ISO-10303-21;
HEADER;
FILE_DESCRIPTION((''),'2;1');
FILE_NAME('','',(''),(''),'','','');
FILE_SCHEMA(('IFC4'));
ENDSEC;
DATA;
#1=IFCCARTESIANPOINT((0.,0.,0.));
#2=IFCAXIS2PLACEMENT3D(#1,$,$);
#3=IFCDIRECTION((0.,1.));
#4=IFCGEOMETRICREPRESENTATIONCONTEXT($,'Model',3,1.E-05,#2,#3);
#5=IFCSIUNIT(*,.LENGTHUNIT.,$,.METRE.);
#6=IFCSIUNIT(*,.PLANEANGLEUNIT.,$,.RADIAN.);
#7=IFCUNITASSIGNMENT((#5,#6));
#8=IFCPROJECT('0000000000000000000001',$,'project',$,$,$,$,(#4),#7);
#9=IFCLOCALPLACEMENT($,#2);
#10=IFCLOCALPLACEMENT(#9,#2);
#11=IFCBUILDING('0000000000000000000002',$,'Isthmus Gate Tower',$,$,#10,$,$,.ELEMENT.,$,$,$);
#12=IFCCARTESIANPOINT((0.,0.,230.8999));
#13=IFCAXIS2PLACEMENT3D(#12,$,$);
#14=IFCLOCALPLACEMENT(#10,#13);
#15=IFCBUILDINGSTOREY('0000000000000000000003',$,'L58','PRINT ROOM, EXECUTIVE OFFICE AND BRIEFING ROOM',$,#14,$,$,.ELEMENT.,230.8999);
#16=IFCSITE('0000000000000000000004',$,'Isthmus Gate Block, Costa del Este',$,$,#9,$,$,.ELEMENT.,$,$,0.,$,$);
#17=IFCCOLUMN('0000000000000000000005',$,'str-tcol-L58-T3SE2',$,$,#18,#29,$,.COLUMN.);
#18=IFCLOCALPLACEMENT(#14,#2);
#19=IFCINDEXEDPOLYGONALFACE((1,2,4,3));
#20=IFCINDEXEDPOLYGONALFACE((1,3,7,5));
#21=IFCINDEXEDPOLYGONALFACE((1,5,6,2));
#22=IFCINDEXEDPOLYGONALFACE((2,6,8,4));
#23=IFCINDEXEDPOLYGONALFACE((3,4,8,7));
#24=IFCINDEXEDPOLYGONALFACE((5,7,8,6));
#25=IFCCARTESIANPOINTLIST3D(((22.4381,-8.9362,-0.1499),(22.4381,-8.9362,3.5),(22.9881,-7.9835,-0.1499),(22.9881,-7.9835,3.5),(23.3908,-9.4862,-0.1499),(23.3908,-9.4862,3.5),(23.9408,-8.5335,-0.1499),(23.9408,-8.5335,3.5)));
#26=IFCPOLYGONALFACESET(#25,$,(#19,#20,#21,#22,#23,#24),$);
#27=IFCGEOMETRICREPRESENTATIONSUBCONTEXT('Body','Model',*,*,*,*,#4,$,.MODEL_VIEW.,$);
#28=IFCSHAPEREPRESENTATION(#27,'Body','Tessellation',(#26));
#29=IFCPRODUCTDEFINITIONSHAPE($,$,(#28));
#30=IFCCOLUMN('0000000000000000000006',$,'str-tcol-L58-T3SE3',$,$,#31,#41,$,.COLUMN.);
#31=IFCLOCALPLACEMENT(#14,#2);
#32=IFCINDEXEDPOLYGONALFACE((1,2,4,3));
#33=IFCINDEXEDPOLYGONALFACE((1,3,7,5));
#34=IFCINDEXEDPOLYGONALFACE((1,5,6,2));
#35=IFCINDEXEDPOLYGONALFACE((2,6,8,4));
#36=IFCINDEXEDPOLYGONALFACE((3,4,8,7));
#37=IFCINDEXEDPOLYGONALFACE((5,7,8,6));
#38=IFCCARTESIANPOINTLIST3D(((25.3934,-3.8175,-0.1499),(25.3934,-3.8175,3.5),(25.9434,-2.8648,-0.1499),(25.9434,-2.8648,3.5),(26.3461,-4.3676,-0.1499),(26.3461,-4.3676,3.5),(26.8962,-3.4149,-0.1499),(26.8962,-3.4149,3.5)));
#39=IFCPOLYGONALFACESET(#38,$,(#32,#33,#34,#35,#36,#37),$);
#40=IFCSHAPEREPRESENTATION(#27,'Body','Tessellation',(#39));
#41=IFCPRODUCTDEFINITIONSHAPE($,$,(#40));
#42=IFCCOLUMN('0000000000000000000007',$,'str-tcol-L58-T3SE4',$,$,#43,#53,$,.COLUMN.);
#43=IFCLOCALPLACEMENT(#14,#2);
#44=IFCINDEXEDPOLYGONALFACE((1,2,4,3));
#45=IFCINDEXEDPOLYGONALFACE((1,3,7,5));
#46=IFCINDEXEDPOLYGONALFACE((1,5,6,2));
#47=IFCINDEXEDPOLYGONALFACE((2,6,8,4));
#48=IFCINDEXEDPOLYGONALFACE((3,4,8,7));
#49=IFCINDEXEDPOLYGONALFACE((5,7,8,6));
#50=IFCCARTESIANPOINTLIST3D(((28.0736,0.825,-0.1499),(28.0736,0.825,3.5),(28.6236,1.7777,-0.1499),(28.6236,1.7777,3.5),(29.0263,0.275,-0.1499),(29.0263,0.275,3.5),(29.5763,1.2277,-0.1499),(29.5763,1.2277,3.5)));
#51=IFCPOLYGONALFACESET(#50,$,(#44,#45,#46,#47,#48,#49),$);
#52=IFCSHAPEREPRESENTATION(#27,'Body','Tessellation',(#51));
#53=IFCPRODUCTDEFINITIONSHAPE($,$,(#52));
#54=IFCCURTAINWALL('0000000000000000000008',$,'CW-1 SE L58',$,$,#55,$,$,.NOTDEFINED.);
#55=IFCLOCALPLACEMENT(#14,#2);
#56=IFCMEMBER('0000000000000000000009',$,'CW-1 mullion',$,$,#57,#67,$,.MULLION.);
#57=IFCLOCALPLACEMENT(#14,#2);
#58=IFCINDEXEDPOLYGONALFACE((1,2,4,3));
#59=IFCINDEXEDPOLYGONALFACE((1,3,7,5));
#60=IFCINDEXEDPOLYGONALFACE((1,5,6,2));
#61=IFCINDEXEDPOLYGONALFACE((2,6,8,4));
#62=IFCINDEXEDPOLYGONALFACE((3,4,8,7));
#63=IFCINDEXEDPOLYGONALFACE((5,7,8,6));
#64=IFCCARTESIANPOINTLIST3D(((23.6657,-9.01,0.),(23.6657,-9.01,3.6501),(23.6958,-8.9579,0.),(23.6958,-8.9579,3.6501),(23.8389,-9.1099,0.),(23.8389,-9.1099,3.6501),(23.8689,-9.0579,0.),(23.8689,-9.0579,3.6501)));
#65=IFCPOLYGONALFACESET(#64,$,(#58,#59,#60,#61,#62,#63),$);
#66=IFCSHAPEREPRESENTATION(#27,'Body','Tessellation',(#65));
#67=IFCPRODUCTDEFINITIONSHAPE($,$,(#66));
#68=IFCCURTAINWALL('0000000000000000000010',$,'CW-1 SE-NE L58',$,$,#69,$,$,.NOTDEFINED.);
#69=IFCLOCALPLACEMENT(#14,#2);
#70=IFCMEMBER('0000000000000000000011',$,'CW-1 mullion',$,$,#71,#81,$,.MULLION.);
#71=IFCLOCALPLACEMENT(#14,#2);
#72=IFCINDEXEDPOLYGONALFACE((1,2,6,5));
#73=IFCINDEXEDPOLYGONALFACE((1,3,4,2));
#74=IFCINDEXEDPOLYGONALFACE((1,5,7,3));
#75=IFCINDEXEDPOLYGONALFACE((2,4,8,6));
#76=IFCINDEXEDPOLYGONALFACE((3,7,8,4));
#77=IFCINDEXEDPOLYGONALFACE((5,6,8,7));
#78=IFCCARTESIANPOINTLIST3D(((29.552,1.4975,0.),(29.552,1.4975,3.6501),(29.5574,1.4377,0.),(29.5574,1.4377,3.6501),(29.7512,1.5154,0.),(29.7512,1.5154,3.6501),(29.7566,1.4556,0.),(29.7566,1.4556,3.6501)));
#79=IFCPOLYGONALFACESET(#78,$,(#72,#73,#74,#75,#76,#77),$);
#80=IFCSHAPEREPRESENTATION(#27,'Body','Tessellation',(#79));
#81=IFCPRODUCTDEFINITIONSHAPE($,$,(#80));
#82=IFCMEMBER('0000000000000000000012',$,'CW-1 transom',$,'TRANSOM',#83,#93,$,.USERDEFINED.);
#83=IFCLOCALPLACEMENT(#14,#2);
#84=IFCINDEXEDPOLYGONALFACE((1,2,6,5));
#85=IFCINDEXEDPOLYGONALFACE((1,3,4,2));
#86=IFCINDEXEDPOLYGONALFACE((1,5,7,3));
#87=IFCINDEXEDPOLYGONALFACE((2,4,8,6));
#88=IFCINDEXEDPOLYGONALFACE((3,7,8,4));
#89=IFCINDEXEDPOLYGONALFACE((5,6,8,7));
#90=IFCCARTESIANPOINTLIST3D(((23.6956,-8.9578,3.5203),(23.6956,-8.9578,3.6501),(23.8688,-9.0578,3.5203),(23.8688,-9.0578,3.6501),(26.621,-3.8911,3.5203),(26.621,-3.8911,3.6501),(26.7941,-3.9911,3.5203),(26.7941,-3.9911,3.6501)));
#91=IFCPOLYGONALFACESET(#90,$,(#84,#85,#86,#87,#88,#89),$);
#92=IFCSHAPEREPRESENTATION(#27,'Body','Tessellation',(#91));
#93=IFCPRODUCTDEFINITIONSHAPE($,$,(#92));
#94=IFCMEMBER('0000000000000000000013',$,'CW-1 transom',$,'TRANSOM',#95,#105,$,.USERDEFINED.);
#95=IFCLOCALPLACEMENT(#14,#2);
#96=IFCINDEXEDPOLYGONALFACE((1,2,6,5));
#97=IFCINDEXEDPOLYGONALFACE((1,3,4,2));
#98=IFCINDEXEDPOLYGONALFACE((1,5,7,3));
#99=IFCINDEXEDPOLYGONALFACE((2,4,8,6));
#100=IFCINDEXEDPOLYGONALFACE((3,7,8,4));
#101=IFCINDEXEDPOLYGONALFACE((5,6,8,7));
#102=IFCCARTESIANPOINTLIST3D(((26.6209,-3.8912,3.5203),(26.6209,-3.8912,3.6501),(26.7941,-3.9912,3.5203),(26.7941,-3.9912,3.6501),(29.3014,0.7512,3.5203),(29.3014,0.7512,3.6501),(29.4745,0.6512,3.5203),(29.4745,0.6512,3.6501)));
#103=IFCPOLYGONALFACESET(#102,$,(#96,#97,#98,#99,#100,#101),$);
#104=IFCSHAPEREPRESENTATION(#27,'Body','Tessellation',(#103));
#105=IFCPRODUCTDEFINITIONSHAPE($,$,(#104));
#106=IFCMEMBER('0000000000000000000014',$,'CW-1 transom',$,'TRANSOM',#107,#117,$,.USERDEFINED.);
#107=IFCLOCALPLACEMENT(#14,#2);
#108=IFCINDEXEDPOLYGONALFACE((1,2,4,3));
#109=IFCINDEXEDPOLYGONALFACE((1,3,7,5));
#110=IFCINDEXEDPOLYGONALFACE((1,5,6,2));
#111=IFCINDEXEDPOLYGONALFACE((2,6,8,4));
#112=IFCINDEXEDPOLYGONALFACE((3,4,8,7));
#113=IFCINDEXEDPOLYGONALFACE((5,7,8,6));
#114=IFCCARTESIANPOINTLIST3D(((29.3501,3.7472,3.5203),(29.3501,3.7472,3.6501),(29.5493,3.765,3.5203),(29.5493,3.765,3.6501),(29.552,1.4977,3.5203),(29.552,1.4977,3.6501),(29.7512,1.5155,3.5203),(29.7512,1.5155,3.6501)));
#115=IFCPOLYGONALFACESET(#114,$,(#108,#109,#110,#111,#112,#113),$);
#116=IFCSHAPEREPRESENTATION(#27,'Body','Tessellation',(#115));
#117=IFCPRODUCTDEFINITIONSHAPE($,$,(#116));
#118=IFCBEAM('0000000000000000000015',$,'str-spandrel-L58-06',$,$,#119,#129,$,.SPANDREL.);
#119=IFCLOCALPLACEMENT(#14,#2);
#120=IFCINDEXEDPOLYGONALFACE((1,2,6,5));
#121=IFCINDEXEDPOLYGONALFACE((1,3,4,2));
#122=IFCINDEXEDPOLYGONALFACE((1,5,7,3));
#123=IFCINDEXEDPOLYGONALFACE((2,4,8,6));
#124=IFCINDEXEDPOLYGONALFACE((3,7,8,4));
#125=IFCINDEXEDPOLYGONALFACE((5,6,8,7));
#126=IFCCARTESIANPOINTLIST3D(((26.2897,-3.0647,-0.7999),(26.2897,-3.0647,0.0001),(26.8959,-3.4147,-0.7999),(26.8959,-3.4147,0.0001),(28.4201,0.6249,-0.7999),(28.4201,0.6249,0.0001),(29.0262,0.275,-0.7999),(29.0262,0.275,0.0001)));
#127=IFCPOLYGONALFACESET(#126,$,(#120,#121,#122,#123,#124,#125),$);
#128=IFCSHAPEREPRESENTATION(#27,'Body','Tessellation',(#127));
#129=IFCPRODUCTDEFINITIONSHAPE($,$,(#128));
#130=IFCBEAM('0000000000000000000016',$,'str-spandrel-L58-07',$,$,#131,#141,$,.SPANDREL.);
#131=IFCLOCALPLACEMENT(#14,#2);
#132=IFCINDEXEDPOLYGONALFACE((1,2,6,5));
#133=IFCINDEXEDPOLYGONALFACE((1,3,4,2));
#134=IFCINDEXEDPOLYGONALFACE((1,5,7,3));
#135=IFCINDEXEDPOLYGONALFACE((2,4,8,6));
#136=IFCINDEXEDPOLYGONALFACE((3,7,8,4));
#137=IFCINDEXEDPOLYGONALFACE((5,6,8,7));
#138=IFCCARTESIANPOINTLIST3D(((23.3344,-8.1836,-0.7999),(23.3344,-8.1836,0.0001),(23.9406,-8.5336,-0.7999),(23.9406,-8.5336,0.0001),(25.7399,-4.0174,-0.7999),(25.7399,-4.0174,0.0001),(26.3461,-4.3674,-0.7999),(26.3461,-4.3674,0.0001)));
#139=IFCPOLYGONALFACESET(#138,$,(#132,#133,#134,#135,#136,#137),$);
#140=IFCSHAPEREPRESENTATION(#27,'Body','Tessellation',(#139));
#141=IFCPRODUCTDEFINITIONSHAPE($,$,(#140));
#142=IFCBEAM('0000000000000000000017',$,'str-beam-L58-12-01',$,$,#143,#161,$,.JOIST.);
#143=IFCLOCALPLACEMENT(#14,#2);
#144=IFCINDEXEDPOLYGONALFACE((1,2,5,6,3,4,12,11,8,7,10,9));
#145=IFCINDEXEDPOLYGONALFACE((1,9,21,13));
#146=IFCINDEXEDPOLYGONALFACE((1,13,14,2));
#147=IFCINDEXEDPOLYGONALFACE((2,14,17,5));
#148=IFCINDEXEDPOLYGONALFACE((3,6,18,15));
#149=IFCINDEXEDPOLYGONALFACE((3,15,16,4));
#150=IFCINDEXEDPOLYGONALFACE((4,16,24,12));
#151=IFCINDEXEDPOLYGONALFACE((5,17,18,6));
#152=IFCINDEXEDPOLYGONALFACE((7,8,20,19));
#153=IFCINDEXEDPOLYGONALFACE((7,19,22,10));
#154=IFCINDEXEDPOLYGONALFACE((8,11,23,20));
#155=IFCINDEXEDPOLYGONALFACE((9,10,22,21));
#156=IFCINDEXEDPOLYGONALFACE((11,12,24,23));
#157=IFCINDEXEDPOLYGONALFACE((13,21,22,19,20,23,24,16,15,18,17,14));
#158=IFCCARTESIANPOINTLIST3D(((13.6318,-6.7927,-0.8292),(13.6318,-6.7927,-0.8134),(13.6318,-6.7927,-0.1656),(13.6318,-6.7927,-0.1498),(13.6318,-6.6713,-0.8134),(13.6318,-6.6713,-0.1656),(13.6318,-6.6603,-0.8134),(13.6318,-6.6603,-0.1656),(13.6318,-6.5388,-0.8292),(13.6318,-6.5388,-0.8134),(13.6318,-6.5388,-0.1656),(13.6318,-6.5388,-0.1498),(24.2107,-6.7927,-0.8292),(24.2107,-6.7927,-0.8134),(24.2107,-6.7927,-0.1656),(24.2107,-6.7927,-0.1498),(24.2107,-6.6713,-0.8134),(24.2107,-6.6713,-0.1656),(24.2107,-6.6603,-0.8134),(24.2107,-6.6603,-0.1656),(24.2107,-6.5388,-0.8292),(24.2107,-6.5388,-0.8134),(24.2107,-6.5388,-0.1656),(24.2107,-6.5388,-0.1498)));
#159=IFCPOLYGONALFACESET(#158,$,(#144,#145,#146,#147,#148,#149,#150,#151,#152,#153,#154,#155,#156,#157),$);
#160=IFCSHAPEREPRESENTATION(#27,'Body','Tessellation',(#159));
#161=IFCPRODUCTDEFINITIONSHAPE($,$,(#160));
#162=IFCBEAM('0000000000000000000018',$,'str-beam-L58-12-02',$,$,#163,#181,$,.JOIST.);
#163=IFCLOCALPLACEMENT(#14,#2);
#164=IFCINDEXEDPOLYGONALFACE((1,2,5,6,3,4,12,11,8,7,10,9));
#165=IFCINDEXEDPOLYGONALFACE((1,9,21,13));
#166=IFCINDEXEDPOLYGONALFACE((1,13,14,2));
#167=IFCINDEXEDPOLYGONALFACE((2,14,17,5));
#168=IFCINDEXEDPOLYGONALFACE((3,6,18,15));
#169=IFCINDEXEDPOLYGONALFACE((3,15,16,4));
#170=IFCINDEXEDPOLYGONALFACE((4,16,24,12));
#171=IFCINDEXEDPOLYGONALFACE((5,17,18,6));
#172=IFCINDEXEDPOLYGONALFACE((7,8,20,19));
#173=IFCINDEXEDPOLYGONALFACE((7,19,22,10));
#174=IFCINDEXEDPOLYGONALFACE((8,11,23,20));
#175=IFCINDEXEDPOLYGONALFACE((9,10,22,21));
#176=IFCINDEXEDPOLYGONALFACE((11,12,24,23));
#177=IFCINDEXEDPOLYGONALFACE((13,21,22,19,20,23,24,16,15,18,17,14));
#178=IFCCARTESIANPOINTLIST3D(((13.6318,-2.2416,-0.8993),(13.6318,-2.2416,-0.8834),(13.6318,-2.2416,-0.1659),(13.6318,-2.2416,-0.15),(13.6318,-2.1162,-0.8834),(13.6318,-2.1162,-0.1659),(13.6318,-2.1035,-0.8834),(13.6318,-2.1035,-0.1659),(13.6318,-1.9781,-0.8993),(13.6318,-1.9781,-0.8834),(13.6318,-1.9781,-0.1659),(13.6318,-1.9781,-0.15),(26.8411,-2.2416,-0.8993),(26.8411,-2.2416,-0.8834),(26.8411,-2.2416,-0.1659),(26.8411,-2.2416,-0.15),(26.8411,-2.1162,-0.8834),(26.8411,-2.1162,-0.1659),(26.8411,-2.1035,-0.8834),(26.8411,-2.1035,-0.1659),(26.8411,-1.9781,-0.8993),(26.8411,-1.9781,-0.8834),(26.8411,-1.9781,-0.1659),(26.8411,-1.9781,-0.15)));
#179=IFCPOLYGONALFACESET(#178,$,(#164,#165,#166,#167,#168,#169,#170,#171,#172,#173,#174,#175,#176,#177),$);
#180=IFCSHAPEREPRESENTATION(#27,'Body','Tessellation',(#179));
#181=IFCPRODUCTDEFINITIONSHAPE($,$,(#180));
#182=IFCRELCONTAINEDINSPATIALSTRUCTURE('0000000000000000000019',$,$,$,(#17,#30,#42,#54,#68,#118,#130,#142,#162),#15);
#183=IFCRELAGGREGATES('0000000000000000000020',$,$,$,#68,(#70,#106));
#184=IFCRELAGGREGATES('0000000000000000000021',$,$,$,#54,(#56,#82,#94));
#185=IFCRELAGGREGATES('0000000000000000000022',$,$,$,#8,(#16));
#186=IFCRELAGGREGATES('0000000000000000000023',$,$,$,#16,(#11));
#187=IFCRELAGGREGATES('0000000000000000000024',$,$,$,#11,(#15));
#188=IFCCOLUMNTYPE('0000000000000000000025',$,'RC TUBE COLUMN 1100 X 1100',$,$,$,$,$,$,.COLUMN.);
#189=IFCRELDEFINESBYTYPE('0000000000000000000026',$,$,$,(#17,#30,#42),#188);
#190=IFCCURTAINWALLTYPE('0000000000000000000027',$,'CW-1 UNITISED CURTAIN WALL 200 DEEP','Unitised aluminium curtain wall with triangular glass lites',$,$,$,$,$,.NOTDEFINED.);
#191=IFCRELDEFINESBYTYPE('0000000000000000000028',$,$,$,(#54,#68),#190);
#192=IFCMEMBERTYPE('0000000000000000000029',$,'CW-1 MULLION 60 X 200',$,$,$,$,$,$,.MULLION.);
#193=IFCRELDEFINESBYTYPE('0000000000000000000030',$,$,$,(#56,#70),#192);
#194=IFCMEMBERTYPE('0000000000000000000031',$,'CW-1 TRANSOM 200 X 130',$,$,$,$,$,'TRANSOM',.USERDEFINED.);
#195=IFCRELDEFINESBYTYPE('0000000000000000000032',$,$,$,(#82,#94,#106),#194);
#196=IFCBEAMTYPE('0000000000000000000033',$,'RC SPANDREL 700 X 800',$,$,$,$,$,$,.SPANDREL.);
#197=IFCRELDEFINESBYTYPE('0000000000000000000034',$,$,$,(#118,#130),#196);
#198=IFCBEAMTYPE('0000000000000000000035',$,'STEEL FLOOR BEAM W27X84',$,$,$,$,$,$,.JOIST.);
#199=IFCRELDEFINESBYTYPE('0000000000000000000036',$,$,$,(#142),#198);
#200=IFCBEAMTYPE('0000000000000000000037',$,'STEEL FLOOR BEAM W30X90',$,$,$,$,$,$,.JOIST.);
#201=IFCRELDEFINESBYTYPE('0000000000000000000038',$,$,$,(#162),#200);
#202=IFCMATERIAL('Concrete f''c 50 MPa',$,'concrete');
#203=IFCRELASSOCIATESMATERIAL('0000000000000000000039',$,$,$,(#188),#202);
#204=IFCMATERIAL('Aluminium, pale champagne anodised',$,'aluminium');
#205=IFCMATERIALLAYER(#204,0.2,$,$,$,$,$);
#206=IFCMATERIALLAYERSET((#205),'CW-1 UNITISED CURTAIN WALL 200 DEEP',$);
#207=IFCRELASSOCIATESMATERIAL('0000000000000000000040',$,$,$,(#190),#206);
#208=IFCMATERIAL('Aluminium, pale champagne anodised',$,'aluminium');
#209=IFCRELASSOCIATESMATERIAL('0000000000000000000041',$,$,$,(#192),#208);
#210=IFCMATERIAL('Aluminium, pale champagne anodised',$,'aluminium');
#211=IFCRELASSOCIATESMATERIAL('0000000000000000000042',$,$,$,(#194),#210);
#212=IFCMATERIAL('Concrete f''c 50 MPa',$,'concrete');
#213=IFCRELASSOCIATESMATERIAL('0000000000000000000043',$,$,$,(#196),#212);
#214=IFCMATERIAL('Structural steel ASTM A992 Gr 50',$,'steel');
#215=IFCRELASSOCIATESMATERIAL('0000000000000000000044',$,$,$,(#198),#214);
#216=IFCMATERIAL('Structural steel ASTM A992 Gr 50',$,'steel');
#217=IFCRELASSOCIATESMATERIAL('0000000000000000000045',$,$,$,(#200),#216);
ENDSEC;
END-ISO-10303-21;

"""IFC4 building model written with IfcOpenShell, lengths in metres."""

from ifc_helpers import new_model, si_unit, direction, frame, origin, origin_2d, place, context, subcontext, project, spatial, rectangle, i_section, extrude, material, layer, layer_set, material_profile, profile_set, type_object, element, aggregate, save


model = new_model("IFC4")

# Units and contexts
model_context = context("Model", 3, precision=1e-05, world=origin(), true_north=direction((0.0, 1.0)))
body_context = subcontext(model_context, "Body", "Model", "MODEL_VIEW")
ifc_project = project(units=[si_unit("LENGTHUNIT", "METRE"), si_unit("PLANEANGLEUNIT", "RADIAN")], contexts=[model_context])

# Site, building, storey
site_placement = place(None, origin())
site = spatial("IfcSite", under=ifc_project, at=site_placement, Name="Isthmus Gate Block, Costa del Este", CompositionType="ELEMENT", RefElevation=0.0)
building_placement = place(site_placement, origin())
building = spatial("IfcBuilding", under=site, at=building_placement, Name="Isthmus Gate Tower", CompositionType="ELEMENT")
storey_placement = place(building_placement, frame((0.0, 0.0, 230.8999)))
storey = spatial("IfcBuildingStorey", under=building, at=storey_placement, Name="L58", Description="PRINT ROOM, EXECUTIVE OFFICE AND BRIEFING ROOM", CompositionType="ELEMENT", Elevation=230.8999)

# Columns
ifc_material_1 = material(Name="Concrete f'c 50 MPa", Category="concrete")
ifc_material_profile_1 = material_profile(ifc_material_1, rectangle(XDim=1.1001, YDim=1.1001, at=origin_2d()), Name="RC 1100X1100")
ifc_profile_set_1 = profile_set([ifc_material_profile_1], Name="Concrete f'c 50 MPa")
column_type = type_object("IfcColumnType", Name="RC TUBE COLUMN 1100 X 1100", PredefinedType="COLUMN", material=ifc_profile_set_1)
for number, where, z_axis, x_axis, name in (
    (1, (23.1895, -8.7349, -0.1499), (0.0, 0.0, 1.0), (0.5, 0.866025, 0.0), "str-tcol-L58-T3SE2"),
    (2, (26.1448, -3.6162, -0.1499), (0.0, 0.0, 1.0), (0.5, 0.866025, 0.0), "str-tcol-L58-T3SE3"),
    (3, (28.825, 1.0264, -0.1499), (0.0, 0.0, 1.0), (0.5, 0.866025, 0.0), "str-tcol-L58-T3SE4"),
):
    element("IfcColumn", number, at=place(storey_placement, frame(where, z_axis=z_axis, x_axis=x_axis)), inside=storey, type_object=column_type, Name=name, PredefinedType="COLUMN", context=body_context, shape_type="SweptSolid", body=[
        extrude(rectangle(XDim=1.1001, YDim=1.1001, at=origin_2d()), origin(), (0.0, 0.0, 1.0), 3.6499),
    ])

# Curtain walls, members
ifc_material_2 = material(Name="Aluminium, pale champagne anodised", Category="aluminium")
ifc_layer_1 = layer(ifc_material_2, 0.2)
ifc_layer_set_1 = layer_set([ifc_layer_1], Name="CW-1 UNITISED CURTAIN WALL 200 DEEP")
curtain_wall_type = type_object("IfcCurtainWallType", Name="CW-1 UNITISED CURTAIN WALL 200 DEEP", Description="Unitised aluminium curtain wall with triangular glass lites", PredefinedType="NOTDEFINED", material=ifc_layer_set_1)
curtain_wall_1_placement = place(storey_placement, origin())
curtain_wall_1 = element("IfcCurtainWall", 4, at=curtain_wall_1_placement, inside=storey, type_object=curtain_wall_type, Name="CW-1 SE L58", PredefinedType="NOTDEFINED")
ifc_material_3 = material(Name="Aluminium, pale champagne anodised", Category="aluminium")
ifc_material_profile_2 = material_profile(ifc_material_3, rectangle(XDim=0.0601, YDim=0.2, at=origin_2d()), Name="60x200")
ifc_profile_set_2 = profile_set([ifc_material_profile_2], Name="Aluminium, pale champagne anodised")
member_type_1 = type_object("IfcMemberType", Name="CW-1 MULLION 60 X 200", PredefinedType="MULLION", material=ifc_profile_set_2)
member_1_placement = place(storey_placement, frame((23.7673, -9.0339, 0.0), z_axis=(0.0, 0.0, 1.0), x_axis=(0.5, 0.866025, 0.0)))
member_1 = element("IfcMember", 5, at=member_1_placement, type_object=member_type_1, Name="CW-1 mullion", PredefinedType="MULLION", context=body_context, shape_type="SweptSolid", body=[
    extrude(rectangle(XDim=0.0601, YDim=0.2, at=origin_2d()), origin(), (0.0, 0.0, 1.0), 3.6501),
])
curtain_wall_2_placement = place(storey_placement, origin())
curtain_wall_2 = element("IfcCurtainWall", 6, at=curtain_wall_2_placement, inside=storey, type_object=curtain_wall_type, Name="CW-1 SE-NE L58", PredefinedType="NOTDEFINED")
member_2_placement = place(storey_placement, frame((29.6543, 1.4766, 0.0), z_axis=(0.0, 0.0, 1.0), x_axis=(-0.089397, 0.995996, 0.0)))
member_2 = element("IfcMember", 7, at=member_2_placement, type_object=member_type_1, Name="CW-1 mullion", PredefinedType="MULLION", context=body_context, shape_type="SweptSolid", body=[
    extrude(rectangle(XDim=0.0601, YDim=0.2, at=origin_2d()), origin(), (0.0, 0.0, 1.0), 3.6501),
])

# Members
ifc_material_4 = material(Name="Aluminium, pale champagne anodised", Category="aluminium")
ifc_material_profile_3 = material_profile(ifc_material_4, rectangle(XDim=0.2, YDim=0.1299, at=origin_2d()), Name="200x130")
ifc_profile_set_3 = profile_set([ifc_material_profile_3], Name="Aluminium, pale champagne anodised")
member_type_2 = type_object("IfcMemberType", Name="CW-1 TRANSOM 200 X 130", ElementType="TRANSOM", PredefinedType="USERDEFINED", material=ifc_profile_set_3)
member_3_placement = place(storey_placement, frame((23.7822, -9.0078, 3.5852), z_axis=(0.500008, 0.866021, 0.0), x_axis=(-0.866021, 0.500008, 0.0)))
member_3 = element("IfcMember", 8, at=member_3_placement, type_object=member_type_2, Name="CW-1 transom", ObjectType="TRANSOM", PredefinedType="USERDEFINED", context=body_context, shape_type="SweptSolid", body=[
    extrude(rectangle(XDim=0.2, YDim=0.1299, at=origin_2d()), origin(), (0.0, 0.0, 1.0), 5.8506),
])
member_4_placement = place(storey_placement, frame((26.7075, -3.9412, 3.5852), z_axis=(0.500023, 0.866012, 0.0), x_axis=(-0.866012, 0.500023, 0.0)))
member_4 = element("IfcMember", 9, at=member_4_placement, type_object=member_type_2, Name="CW-1 transom", ObjectType="TRANSOM", PredefinedType="USERDEFINED", context=body_context, shape_type="SweptSolid", body=[
    extrude(rectangle(XDim=0.2, YDim=0.1299, at=origin_2d()), origin(), (0.0, 0.0, 1.0), 5.3606),
])
member_5_placement = place(storey_placement, frame((29.6516, 1.5066, 3.5852), z_axis=(-0.089395, 0.995996, 0.0), x_axis=(-0.995996, -0.089395, 0.0)))
member_5 = element("IfcMember", 10, at=member_5_placement, type_object=member_type_2, Name="CW-1 transom", ObjectType="TRANSOM", PredefinedType="USERDEFINED", context=body_context, shape_type="SweptSolid", body=[
    extrude(rectangle(XDim=0.2, YDim=0.1299, at=origin_2d()), origin(), (0.0, 0.0, 1.0), 2.2585),
])
aggregate(curtain_wall_2, [member_2, member_5])

# Beams
ifc_material_5 = material(Name="Concrete f'c 50 MPa", Category="concrete")
ifc_material_profile_4 = material_profile(ifc_material_5, rectangle(XDim=0.7, YDim=0.8, at=origin_2d()), Name="RC 700X800")
ifc_profile_set_4 = profile_set([ifc_material_profile_4], Name="Concrete f'c 50 MPa")
beam_type_1 = type_object("IfcBeamType", Name="RC SPANDREL 700 X 800", PredefinedType="SPANDREL", material=ifc_profile_set_4)
beam_1_placement = place(storey_placement, frame((28.7231, 0.45, -0.3999), z_axis=(-0.500022, -0.866013, 0.0), x_axis=(0.866013, -0.500022, 0.0)))
element("IfcBeam", 11, at=beam_1_placement, inside=storey, type_object=beam_type_1, Name="str-spandrel-L58-06", PredefinedType="SPANDREL", context=body_context, shape_type="SweptSolid", body=[
    extrude(rectangle(XDim=0.7, YDim=0.8, at=origin_2d()), origin(), (0.0, 0.0, 1.0), 4.2605),
])
beam_2_placement = place(storey_placement, frame((26.043, -4.1924, -0.3999), z_axis=(-0.50002, -0.866014, 0.0), x_axis=(0.866014, -0.50002, 0.0)))
element("IfcBeam", 12, at=beam_2_placement, inside=storey, type_object=beam_type_1, Name="str-spandrel-L58-07", PredefinedType="SPANDREL", context=body_context, shape_type="SweptSolid", body=[
    extrude(rectangle(XDim=0.7, YDim=0.8, at=origin_2d()), origin(), (0.0, 0.0, 1.0), 4.8108),
])
ifc_material_6 = material(Name="Structural steel ASTM A992 Gr 50", Category="steel")
ifc_material_profile_5 = material_profile(ifc_material_6, i_section(OverallWidth=0.2539, OverallDepth=0.6794, WebThickness=0.011, FlangeThickness=0.0159, at=origin_2d()), Name="W27X84")
ifc_profile_set_5 = profile_set([ifc_material_profile_5], Name="Structural steel ASTM A992 Gr 50")
beam_type_2 = type_object("IfcBeamType", Name="STEEL FLOOR BEAM W27X84", PredefinedType="JOIST", material=ifc_profile_set_5)
beam_3_placement = place(storey_placement, frame((13.6318, -6.6658, -0.4895), z_axis=(1.0, 0.0, 0.0), x_axis=(0.0, 1.0, 0.0)))
element("IfcBeam", 13, at=beam_3_placement, inside=storey, type_object=beam_type_2, Name="str-beam-L58-12-01", PredefinedType="JOIST", context=body_context, shape_type="SweptSolid", body=[
    extrude(i_section(OverallWidth=0.2539, OverallDepth=0.6794, WebThickness=0.011, FlangeThickness=0.0159, at=origin_2d()), origin(), (0.0, 0.0, 1.0), 10.5789),
])
ifc_material_7 = material(Name="Structural steel ASTM A992 Gr 50", Category="steel")
ifc_material_profile_6 = material_profile(ifc_material_7, i_section(OverallWidth=0.2634, OverallDepth=0.7493, WebThickness=0.0127, FlangeThickness=0.0159, at=origin_2d()), Name="W30X90")
ifc_profile_set_6 = profile_set([ifc_material_profile_6], Name="Structural steel ASTM A992 Gr 50")
beam_type_3 = type_object("IfcBeamType", Name="STEEL FLOOR BEAM W30X90", PredefinedType="JOIST", material=ifc_profile_set_6)
beam_4_placement = place(storey_placement, frame((13.6318, -2.1099, -0.5247), z_axis=(1.0, 0.0, 0.0), x_axis=(0.0, 1.0, 0.0)))
element("IfcBeam", 14, at=beam_4_placement, inside=storey, type_object=beam_type_3, Name="str-beam-L58-12-02", PredefinedType="JOIST", context=body_context, shape_type="SweptSolid", body=[
    extrude(i_section(OverallWidth=0.2634, OverallDepth=0.7493, WebThickness=0.0127, FlangeThickness=0.0159, at=origin_2d()), origin(), (0.0, 0.0, 1.0), 13.2092),
])

aggregate(curtain_wall_1, [member_1, member_3, member_4])

save(model, "model.ifc")
